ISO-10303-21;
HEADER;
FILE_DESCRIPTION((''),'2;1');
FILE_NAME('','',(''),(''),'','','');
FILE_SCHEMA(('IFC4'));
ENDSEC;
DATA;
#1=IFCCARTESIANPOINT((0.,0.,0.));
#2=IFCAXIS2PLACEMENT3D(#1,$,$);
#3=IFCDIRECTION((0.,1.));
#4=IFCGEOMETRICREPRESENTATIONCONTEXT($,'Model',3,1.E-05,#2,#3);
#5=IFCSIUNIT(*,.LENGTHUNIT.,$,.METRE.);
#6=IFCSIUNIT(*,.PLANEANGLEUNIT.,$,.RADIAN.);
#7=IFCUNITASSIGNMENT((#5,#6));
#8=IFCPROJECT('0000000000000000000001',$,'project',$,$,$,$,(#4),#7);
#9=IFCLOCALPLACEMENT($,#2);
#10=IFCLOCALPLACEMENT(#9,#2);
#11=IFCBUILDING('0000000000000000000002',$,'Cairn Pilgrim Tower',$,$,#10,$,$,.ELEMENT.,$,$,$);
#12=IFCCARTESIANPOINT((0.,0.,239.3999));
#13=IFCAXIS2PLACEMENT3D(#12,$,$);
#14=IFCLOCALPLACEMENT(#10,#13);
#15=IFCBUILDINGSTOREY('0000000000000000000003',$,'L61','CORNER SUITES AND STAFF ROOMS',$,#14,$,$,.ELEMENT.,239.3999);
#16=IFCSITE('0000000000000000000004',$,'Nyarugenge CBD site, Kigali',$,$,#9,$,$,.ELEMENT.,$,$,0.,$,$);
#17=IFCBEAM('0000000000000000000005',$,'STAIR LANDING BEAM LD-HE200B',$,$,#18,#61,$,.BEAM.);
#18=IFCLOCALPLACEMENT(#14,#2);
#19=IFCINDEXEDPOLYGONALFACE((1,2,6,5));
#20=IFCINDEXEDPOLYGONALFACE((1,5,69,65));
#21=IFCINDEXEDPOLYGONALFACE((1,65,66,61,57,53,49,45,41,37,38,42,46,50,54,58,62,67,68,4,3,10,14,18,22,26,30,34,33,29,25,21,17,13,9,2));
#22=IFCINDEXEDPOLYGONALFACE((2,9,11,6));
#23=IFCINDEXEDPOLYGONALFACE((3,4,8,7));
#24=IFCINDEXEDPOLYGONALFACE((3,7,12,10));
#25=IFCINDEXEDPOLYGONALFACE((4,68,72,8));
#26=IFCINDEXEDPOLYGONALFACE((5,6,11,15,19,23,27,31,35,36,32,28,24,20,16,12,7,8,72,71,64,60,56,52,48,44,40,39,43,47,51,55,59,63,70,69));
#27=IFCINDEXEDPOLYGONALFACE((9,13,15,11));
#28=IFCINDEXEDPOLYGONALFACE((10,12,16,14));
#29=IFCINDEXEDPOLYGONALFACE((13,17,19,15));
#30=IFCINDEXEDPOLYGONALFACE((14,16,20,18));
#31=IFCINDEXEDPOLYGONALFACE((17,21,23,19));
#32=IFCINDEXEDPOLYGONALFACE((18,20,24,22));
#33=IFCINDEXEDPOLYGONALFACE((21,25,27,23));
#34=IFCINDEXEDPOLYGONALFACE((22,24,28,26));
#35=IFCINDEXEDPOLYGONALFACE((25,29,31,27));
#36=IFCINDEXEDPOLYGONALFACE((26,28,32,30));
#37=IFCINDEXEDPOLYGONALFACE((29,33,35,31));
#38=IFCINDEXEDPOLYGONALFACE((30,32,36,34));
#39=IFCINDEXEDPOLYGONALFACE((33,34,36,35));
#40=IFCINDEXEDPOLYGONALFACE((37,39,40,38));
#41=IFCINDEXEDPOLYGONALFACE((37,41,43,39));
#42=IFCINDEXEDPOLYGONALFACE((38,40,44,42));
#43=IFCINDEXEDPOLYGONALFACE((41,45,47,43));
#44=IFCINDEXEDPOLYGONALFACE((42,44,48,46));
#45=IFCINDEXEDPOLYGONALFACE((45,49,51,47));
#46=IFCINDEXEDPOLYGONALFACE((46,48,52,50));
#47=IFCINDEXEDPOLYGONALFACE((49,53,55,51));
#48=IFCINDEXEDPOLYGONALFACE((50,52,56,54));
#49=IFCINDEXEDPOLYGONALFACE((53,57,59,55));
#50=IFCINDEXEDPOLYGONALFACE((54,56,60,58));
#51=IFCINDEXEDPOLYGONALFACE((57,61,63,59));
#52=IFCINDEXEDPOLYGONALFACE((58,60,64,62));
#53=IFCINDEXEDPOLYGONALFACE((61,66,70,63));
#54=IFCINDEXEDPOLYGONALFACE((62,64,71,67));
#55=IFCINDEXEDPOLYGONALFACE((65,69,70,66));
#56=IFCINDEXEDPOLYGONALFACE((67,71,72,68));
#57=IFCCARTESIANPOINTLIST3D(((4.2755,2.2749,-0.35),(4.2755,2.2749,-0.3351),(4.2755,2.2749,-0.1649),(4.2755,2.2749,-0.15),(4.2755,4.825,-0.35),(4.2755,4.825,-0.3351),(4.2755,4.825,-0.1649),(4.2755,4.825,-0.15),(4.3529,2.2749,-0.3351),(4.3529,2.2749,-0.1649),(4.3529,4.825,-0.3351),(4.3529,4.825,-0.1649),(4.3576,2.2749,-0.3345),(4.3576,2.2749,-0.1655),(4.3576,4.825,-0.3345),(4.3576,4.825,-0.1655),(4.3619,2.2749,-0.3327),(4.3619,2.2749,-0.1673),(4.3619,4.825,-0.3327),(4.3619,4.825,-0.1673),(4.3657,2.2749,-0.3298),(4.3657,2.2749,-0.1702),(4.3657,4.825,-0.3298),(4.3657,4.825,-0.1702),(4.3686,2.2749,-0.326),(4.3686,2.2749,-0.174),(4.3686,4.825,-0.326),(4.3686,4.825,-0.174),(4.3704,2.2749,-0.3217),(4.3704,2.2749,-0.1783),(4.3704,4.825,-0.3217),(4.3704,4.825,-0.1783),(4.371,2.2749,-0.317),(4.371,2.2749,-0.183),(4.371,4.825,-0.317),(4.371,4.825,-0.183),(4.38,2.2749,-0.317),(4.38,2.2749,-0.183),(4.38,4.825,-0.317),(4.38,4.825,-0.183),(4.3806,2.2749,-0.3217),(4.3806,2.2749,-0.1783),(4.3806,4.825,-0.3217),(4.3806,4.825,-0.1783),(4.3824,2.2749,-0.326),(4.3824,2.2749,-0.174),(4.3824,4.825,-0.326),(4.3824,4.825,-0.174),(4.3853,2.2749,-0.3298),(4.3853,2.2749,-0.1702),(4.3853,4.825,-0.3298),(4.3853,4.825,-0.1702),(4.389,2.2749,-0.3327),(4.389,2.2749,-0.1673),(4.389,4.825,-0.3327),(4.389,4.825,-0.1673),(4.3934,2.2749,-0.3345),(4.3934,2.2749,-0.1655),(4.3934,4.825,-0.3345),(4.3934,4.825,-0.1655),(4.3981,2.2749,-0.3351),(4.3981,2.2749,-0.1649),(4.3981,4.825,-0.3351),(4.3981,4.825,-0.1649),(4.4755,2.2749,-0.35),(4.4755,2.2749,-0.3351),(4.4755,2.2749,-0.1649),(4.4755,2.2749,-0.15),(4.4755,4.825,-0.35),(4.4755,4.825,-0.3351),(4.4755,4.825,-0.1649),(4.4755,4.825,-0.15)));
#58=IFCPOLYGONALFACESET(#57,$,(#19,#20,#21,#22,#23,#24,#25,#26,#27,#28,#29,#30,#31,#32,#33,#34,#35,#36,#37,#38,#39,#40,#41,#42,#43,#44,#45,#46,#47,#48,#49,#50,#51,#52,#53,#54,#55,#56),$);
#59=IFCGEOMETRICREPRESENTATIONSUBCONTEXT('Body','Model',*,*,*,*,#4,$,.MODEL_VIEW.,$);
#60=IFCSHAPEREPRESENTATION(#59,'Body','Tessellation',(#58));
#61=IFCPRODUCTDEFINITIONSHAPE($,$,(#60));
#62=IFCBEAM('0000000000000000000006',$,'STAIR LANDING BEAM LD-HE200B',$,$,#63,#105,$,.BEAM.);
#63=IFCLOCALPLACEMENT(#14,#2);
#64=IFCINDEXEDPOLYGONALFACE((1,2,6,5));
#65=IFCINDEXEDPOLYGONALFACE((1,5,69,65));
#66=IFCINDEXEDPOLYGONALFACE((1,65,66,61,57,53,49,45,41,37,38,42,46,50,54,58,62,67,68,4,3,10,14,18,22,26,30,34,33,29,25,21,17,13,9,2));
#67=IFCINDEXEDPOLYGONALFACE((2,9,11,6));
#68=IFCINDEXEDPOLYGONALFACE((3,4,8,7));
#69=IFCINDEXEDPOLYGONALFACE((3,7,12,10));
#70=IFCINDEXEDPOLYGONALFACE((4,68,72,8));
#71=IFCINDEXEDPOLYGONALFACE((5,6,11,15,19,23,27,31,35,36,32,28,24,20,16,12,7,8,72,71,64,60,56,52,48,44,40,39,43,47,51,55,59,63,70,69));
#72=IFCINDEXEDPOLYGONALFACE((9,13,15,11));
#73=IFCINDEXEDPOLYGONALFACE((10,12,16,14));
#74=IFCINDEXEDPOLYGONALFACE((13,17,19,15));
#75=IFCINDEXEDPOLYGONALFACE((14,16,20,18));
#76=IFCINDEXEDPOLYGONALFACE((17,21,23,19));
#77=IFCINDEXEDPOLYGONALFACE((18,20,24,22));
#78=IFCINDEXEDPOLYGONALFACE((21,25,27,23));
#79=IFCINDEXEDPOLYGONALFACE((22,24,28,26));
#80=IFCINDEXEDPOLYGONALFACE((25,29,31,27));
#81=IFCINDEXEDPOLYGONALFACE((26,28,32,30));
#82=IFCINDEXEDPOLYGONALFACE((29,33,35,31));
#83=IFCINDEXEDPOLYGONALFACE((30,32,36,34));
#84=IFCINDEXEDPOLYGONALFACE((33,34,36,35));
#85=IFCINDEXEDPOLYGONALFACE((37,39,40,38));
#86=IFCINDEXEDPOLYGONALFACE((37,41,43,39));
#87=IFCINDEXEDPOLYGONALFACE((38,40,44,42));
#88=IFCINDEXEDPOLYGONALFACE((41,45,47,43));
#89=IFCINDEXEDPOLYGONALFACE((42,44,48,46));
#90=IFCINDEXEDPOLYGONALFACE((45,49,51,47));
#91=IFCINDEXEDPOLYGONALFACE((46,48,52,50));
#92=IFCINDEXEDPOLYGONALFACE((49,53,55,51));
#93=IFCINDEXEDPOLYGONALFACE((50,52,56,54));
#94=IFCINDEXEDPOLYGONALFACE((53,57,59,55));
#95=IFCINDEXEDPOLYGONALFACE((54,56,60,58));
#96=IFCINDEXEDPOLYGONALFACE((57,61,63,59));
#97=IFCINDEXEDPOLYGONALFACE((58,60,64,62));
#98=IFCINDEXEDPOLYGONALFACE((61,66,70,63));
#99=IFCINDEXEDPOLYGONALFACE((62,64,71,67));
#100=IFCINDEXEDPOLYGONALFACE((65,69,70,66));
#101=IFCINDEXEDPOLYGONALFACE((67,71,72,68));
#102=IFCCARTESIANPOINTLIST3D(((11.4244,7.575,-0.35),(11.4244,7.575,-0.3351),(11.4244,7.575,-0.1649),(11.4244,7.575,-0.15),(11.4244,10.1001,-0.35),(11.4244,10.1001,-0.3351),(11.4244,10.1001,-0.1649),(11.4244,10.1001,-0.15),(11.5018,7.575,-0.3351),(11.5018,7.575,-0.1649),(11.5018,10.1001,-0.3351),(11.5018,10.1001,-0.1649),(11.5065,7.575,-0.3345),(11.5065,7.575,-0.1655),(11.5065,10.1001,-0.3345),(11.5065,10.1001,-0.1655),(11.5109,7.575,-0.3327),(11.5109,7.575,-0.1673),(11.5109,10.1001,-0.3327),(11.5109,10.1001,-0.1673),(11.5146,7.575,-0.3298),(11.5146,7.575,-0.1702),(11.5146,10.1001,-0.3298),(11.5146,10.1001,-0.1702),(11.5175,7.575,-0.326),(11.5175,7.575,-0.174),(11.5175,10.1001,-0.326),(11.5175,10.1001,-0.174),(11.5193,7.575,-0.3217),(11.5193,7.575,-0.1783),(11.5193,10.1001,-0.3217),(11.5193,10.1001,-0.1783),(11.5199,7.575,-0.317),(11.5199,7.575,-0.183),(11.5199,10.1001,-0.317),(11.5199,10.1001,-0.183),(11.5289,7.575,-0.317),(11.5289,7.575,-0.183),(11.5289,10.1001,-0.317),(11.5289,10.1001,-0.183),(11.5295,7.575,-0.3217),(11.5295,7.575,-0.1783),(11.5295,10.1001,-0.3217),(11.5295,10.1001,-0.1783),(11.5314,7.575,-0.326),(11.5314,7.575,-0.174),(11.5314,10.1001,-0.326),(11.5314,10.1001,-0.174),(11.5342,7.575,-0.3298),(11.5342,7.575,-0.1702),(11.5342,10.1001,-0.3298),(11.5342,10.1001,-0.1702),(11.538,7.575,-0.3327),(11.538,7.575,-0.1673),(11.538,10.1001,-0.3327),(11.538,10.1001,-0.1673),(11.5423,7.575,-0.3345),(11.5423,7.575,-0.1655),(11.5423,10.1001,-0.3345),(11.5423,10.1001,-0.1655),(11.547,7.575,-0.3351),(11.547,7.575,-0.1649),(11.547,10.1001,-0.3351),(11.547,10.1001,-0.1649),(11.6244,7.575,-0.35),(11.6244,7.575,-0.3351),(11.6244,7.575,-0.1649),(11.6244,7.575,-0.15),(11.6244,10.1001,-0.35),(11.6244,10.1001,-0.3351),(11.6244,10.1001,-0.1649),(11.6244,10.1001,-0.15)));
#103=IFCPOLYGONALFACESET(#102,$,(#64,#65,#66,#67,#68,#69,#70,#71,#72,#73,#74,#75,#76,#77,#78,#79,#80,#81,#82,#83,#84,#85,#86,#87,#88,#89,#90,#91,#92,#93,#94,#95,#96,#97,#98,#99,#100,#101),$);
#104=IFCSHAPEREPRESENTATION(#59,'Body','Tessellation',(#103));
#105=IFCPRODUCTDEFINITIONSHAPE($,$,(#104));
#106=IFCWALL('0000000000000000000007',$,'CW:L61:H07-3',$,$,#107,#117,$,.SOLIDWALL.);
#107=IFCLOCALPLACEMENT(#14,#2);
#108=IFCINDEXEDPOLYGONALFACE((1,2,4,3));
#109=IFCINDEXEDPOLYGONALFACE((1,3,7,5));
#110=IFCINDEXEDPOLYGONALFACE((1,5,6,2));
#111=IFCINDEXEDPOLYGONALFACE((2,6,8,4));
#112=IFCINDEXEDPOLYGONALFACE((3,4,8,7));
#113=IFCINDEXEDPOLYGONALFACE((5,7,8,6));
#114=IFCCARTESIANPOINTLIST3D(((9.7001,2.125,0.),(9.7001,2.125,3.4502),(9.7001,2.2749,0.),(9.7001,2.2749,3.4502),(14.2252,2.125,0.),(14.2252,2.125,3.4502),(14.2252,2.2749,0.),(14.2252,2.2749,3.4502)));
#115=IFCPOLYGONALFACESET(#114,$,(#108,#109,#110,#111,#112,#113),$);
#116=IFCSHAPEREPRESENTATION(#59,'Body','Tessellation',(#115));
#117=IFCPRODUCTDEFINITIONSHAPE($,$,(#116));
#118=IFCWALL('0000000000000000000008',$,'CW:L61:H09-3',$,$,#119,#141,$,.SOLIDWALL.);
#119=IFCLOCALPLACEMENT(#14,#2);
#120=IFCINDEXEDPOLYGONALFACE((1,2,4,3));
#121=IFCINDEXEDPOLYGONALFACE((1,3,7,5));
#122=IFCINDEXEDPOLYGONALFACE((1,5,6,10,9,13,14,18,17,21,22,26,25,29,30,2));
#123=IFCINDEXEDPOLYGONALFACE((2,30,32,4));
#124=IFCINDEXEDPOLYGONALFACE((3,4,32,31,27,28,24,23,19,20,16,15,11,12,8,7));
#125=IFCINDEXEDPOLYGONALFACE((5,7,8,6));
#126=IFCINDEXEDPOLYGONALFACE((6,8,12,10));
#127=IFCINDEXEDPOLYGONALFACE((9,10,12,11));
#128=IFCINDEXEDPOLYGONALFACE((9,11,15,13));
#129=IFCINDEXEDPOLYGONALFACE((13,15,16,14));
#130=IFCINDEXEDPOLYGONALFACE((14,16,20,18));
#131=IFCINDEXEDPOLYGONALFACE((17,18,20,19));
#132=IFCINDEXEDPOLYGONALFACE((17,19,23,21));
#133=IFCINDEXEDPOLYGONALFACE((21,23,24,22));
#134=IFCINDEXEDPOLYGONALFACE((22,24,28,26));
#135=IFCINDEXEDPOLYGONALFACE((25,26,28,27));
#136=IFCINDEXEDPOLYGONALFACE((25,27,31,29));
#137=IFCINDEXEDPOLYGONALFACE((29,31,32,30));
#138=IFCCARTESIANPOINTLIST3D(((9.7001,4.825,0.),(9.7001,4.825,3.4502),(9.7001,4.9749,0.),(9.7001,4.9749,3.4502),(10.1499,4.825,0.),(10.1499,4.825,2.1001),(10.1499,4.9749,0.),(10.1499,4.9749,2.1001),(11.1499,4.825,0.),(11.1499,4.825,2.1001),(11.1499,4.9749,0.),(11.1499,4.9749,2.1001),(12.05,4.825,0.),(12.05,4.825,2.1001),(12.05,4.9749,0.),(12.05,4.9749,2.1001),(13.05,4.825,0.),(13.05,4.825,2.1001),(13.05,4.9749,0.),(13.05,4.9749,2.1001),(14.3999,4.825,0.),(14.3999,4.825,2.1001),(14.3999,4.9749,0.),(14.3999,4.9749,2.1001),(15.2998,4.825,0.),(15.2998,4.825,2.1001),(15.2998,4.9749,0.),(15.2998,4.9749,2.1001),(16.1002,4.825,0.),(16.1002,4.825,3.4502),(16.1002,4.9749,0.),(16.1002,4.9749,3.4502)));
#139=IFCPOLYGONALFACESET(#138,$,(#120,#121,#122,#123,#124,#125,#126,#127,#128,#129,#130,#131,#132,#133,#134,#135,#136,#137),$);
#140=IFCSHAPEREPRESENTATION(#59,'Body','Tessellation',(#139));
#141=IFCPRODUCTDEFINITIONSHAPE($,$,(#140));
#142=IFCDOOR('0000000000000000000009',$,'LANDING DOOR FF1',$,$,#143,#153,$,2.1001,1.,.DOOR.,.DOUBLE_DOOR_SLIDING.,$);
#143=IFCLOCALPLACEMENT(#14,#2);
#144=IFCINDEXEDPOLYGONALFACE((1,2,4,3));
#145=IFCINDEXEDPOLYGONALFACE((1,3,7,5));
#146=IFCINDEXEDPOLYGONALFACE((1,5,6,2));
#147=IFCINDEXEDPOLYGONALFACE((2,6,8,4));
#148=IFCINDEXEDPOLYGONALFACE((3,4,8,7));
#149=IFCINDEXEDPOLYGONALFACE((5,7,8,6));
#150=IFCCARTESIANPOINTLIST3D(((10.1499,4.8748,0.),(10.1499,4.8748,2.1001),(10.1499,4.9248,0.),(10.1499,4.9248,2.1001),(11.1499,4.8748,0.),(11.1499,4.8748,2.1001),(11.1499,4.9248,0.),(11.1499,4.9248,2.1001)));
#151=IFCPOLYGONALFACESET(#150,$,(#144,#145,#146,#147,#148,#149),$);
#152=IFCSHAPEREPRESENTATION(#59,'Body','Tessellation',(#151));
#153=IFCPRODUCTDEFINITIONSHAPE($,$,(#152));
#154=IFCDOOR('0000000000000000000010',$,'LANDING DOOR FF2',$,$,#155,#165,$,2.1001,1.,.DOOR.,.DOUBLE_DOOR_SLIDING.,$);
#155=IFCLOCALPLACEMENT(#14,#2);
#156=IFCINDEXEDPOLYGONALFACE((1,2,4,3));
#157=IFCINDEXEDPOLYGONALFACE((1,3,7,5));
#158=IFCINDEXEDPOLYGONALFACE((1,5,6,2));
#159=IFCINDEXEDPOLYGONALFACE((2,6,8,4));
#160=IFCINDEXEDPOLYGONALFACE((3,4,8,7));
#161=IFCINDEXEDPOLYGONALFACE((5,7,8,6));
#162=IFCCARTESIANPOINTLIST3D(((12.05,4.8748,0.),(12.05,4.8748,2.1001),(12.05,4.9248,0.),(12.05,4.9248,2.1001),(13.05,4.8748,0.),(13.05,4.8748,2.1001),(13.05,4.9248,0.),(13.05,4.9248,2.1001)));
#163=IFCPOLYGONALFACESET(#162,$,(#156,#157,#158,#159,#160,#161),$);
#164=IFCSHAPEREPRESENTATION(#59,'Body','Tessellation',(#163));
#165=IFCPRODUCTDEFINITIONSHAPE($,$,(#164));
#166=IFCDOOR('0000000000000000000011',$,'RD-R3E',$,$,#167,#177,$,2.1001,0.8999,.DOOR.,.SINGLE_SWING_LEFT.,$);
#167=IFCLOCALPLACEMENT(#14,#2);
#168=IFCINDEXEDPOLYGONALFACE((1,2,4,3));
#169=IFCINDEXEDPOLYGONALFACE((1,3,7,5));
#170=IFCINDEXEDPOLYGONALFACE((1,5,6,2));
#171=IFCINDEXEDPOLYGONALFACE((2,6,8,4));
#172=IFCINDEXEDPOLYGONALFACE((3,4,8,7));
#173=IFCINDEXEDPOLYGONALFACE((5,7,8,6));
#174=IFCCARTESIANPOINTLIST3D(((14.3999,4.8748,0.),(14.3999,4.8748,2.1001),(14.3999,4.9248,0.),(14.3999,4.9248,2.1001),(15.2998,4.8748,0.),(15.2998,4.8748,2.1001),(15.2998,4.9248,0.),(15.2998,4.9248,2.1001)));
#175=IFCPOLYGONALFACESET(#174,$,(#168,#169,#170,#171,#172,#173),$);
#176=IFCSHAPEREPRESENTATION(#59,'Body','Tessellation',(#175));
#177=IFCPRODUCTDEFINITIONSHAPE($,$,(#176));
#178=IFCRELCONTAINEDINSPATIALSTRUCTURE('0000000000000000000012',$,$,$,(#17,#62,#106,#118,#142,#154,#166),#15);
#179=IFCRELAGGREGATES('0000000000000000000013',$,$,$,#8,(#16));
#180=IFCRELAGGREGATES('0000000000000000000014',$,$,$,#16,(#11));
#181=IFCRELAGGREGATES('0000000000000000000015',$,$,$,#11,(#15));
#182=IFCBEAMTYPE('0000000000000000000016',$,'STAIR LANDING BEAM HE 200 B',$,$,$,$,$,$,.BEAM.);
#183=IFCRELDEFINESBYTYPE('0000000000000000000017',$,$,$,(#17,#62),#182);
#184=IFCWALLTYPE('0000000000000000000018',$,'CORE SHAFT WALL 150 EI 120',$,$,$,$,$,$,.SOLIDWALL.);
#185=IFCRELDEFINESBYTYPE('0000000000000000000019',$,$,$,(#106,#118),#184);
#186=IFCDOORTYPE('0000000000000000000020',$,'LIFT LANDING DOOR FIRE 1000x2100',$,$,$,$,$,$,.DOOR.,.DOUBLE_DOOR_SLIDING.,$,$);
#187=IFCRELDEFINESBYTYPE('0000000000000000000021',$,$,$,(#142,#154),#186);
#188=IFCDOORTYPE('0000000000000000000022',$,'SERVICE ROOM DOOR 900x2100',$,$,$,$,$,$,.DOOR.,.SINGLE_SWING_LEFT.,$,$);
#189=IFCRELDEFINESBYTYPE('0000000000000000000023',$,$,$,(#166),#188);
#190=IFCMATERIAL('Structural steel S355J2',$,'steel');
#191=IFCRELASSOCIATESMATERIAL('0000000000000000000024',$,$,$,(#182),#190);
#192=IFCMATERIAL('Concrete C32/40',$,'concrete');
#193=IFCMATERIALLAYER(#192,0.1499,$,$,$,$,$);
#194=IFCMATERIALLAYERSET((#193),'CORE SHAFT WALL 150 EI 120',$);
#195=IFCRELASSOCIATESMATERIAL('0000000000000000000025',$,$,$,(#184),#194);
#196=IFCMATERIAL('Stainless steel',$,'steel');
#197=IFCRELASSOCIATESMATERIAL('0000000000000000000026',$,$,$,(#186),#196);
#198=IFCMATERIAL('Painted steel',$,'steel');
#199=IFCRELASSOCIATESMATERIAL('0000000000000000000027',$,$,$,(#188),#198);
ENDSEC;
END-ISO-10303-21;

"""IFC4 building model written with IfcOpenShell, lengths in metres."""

from ifc_helpers import new_model, si_unit, direction, frame, frame_2d, origin, origin_2d, place, context, subcontext, project, spatial, rectangle, i_section, extrude, material, layer, layer_set, material_profile, profile_set, type_object, element, fill, save


model = new_model("IFC4")

# Units and contexts
model_context = context("Model", 3, precision=1e-05, world=origin(), true_north=direction((0.0, 1.0)))
body_context = subcontext(model_context, "Body", "Model", "MODEL_VIEW")
ifc_project = project(units=[si_unit("LENGTHUNIT", "METRE"), si_unit("PLANEANGLEUNIT", "RADIAN")], contexts=[model_context])

# Site, building, storey
site_placement = place(None, origin())
site = spatial("IfcSite", under=ifc_project, at=site_placement, Name="Nyarugenge CBD site, Kigali", CompositionType="ELEMENT", RefElevation=0.0)
building_placement = place(site_placement, origin())
building = spatial("IfcBuilding", under=site, at=building_placement, Name="Cairn Pilgrim Tower", CompositionType="ELEMENT")
storey_placement = place(building_placement, frame((0.0, 0.0, 239.3999)))
storey = spatial("IfcBuildingStorey", under=building, at=storey_placement, Name="L61", Description="CORNER SUITES AND STAFF ROOMS", CompositionType="ELEMENT", Elevation=239.3999)

# Beams
ifc_material_1 = material(Name="Structural steel S355J2", Category="steel")
ifc_material_profile = material_profile(ifc_material_1, i_section(OverallWidth=0.2, OverallDepth=0.2, WebThickness=0.009, FlangeThickness=0.0149, FilletRadius=0.0181, at=origin_2d()), Name="HE 200 B")
ifc_profile_set = profile_set([ifc_material_profile], Name="Structural steel S355J2")
beam_type = type_object("IfcBeamType", Name="STAIR LANDING BEAM HE 200 B", PredefinedType="BEAM", material=ifc_profile_set)
beam_1_placement = place(storey_placement, frame((4.3755, 2.2749, -0.25), z_axis=(0.0, 1.0, 0.0), x_axis=(-1.0, 0.0, 0.0)))
element("IfcBeam", 1, at=beam_1_placement, inside=storey, type_object=beam_type, Name="STAIR LANDING BEAM LD-HE200B", PredefinedType="BEAM", context=body_context, shape_type="SweptSolid", body=[
    extrude(i_section(OverallWidth=0.2, OverallDepth=0.2, WebThickness=0.009, FlangeThickness=0.0149, FilletRadius=0.0181, at=origin_2d()), origin(), (0.0, 0.0, 1.0), 2.55),
])
beam_2_placement = place(storey_placement, frame((11.5244, 10.1001, -0.25), z_axis=(0.0, -1.0, 0.0), x_axis=(1.0, 0.0, 0.0)))
element("IfcBeam", 2, at=beam_2_placement, inside=storey, type_object=beam_type, Name="STAIR LANDING BEAM LD-HE200B", PredefinedType="BEAM", context=body_context, shape_type="SweptSolid", body=[
    extrude(i_section(OverallWidth=0.2, OverallDepth=0.2, WebThickness=0.009, FlangeThickness=0.0149, FilletRadius=0.0181, at=origin_2d()), origin(), (0.0, 0.0, 1.0), 2.5251),
])

# Wall
ifc_material_2 = material(Name="Concrete C32/40", Category="concrete")
ifc_layer_1 = layer(ifc_material_2, 0.1499)
ifc_layer_set_1 = layer_set([ifc_layer_1], Name="CORE SHAFT WALL 150 EI 120")
wall_type_1 = type_object("IfcWallType", Name="CORE SHAFT WALL 150 EI 120", PredefinedType="SOLIDWALL", material=ifc_layer_set_1)
wall_1_placement = place(storey_placement, frame((9.7, 2.2, 0.0), z_axis=(0.0, 0.0, 1.0), x_axis=(1.0, 0.0, 0.0)))
element("IfcWall", 3, at=wall_1_placement, inside=storey, type_object=wall_type_1, Name="CW:L61:H07-3", PredefinedType="SOLIDWALL", context=body_context, shape_type="SweptSolid", body=[
    extrude(rectangle(XDim=4.5251, YDim=0.1499, at=frame_2d((2.2627, 0.0))), origin(), (0.0, 0.0, 1.0), 3.4502),
])

# Wall, openings, doors
wall_2_placement = place(storey_placement, frame((9.7, 4.8999, 0.0), z_axis=(0.0, 0.0, 1.0), x_axis=(1.0, 0.0, 0.0)))
wall_2 = element("IfcWall", 4, at=wall_2_placement, inside=storey, type_object=wall_type_1, Name="CW:L61:H09-3", PredefinedType="SOLIDWALL", context=body_context, shape_type="SweptSolid", body=[
    extrude(rectangle(XDim=6.4001, YDim=0.1499, at=frame_2d((3.2002, 0.0))), origin(), (0.0, 0.0, 1.0), 3.4502),
])
opening_1_placement = place(wall_2_placement, frame((0.45, 0.0, 0.0)))
opening_1 = element("IfcOpeningElement", 5, at=opening_1_placement, cuts=wall_2, PredefinedType="OPENING", context=body_context, shape_type="SweptSolid", body=[
    extrude(rectangle(XDim=1.0, YDim=2.1001, at=frame_2d((0.5, 1.05))), frame((0.0, 0.085, 0.0), z_axis=(0.0, -1.0, 0.0), x_axis=(1.0, 0.0, 0.0)), (0.0, 0.0, 1.0), 0.1699),
])
opening_2_placement = place(wall_2_placement, frame((2.3501, 0.0, 0.0)))
opening_2 = element("IfcOpeningElement", 6, at=opening_2_placement, cuts=wall_2, PredefinedType="OPENING", context=body_context, shape_type="SweptSolid", body=[
    extrude(rectangle(XDim=1.0, YDim=2.1001, at=frame_2d((0.5, 1.05))), frame((0.0, 0.085, 0.0), z_axis=(0.0, -1.0, 0.0), x_axis=(1.0, 0.0, 0.0)), (0.0, 0.0, 1.0), 0.1699),
])
opening_3_placement = place(wall_2_placement, frame((4.7, 0.0, 0.0)))
opening_3 = element("IfcOpeningElement", 7, at=opening_3_placement, cuts=wall_2, PredefinedType="OPENING", context=body_context, shape_type="SweptSolid", body=[
    extrude(rectangle(XDim=0.8999, YDim=2.1001, at=frame_2d((0.45, 1.05))), frame((0.0, 0.085, 0.0), z_axis=(0.0, -1.0, 0.0), x_axis=(1.0, 0.0, 0.0)), (0.0, 0.0, 1.0), 0.1699),
])
ifc_material_3 = material(Name="Stainless steel", Category="steel")
door_type_1 = type_object("IfcDoorType", Name="LIFT LANDING DOOR FIRE 1000x2100", OperationType="DOUBLE_DOOR_SLIDING", PredefinedType="DOOR", material=ifc_material_3)
door_1_placement = place(opening_1_placement, origin())
door_1 = element("IfcDoor", 8, at=door_1_placement, inside=storey, type_object=door_type_1, Name="LANDING DOOR FF1", OperationType="DOUBLE_DOOR_SLIDING", OverallHeight=2.1001, OverallWidth=1.0, PredefinedType="DOOR", context=body_context, shape_type="SweptSolid", body=[
    extrude(rectangle(XDim=1.0, YDim=2.1001, at=frame_2d((0.5, 1.05))), frame((0.0, 0.0249, 0.0), z_axis=(0.0, -1.0, 0.0), x_axis=(1.0, 0.0, 0.0)), (0.0, 0.0, 1.0), 0.05),
])
fill(opening_1, door_1)
door_2_placement = place(opening_2_placement, origin())
door_2 = element("IfcDoor", 9, at=door_2_placement, inside=storey, type_object=door_type_1, Name="LANDING DOOR FF2", OperationType="DOUBLE_DOOR_SLIDING", OverallHeight=2.1001, OverallWidth=1.0, PredefinedType="DOOR", context=body_context, shape_type="SweptSolid", body=[
    extrude(rectangle(XDim=1.0, YDim=2.1001, at=frame_2d((0.5, 1.05))), frame((0.0, 0.0249, 0.0), z_axis=(0.0, -1.0, 0.0), x_axis=(1.0, 0.0, 0.0)), (0.0, 0.0, 1.0), 0.05),
])
fill(opening_2, door_2)
ifc_material_4 = material(Name="Painted steel", Category="steel")
door_type_2 = type_object("IfcDoorType", Name="SERVICE ROOM DOOR 900x2100", OperationType="SINGLE_SWING_LEFT", PredefinedType="DOOR", material=ifc_material_4)
door_3_placement = place(opening_3_placement, origin())
door_3 = element("IfcDoor", 10, at=door_3_placement, inside=storey, type_object=door_type_2, Name="RD-R3E", OperationType="SINGLE_SWING_LEFT", OverallHeight=2.1001, OverallWidth=0.8999, PredefinedType="DOOR", context=body_context, shape_type="SweptSolid", body=[
    extrude(rectangle(XDim=0.8999, YDim=2.1001, at=frame_2d((0.45, 1.05))), frame((0.0, 0.0249, 0.0), z_axis=(0.0, -1.0, 0.0), x_axis=(1.0, 0.0, 0.0)), (0.0, 0.0, 1.0), 0.05),
])
fill(opening_3, door_3)

save(model, "model.ifc")
